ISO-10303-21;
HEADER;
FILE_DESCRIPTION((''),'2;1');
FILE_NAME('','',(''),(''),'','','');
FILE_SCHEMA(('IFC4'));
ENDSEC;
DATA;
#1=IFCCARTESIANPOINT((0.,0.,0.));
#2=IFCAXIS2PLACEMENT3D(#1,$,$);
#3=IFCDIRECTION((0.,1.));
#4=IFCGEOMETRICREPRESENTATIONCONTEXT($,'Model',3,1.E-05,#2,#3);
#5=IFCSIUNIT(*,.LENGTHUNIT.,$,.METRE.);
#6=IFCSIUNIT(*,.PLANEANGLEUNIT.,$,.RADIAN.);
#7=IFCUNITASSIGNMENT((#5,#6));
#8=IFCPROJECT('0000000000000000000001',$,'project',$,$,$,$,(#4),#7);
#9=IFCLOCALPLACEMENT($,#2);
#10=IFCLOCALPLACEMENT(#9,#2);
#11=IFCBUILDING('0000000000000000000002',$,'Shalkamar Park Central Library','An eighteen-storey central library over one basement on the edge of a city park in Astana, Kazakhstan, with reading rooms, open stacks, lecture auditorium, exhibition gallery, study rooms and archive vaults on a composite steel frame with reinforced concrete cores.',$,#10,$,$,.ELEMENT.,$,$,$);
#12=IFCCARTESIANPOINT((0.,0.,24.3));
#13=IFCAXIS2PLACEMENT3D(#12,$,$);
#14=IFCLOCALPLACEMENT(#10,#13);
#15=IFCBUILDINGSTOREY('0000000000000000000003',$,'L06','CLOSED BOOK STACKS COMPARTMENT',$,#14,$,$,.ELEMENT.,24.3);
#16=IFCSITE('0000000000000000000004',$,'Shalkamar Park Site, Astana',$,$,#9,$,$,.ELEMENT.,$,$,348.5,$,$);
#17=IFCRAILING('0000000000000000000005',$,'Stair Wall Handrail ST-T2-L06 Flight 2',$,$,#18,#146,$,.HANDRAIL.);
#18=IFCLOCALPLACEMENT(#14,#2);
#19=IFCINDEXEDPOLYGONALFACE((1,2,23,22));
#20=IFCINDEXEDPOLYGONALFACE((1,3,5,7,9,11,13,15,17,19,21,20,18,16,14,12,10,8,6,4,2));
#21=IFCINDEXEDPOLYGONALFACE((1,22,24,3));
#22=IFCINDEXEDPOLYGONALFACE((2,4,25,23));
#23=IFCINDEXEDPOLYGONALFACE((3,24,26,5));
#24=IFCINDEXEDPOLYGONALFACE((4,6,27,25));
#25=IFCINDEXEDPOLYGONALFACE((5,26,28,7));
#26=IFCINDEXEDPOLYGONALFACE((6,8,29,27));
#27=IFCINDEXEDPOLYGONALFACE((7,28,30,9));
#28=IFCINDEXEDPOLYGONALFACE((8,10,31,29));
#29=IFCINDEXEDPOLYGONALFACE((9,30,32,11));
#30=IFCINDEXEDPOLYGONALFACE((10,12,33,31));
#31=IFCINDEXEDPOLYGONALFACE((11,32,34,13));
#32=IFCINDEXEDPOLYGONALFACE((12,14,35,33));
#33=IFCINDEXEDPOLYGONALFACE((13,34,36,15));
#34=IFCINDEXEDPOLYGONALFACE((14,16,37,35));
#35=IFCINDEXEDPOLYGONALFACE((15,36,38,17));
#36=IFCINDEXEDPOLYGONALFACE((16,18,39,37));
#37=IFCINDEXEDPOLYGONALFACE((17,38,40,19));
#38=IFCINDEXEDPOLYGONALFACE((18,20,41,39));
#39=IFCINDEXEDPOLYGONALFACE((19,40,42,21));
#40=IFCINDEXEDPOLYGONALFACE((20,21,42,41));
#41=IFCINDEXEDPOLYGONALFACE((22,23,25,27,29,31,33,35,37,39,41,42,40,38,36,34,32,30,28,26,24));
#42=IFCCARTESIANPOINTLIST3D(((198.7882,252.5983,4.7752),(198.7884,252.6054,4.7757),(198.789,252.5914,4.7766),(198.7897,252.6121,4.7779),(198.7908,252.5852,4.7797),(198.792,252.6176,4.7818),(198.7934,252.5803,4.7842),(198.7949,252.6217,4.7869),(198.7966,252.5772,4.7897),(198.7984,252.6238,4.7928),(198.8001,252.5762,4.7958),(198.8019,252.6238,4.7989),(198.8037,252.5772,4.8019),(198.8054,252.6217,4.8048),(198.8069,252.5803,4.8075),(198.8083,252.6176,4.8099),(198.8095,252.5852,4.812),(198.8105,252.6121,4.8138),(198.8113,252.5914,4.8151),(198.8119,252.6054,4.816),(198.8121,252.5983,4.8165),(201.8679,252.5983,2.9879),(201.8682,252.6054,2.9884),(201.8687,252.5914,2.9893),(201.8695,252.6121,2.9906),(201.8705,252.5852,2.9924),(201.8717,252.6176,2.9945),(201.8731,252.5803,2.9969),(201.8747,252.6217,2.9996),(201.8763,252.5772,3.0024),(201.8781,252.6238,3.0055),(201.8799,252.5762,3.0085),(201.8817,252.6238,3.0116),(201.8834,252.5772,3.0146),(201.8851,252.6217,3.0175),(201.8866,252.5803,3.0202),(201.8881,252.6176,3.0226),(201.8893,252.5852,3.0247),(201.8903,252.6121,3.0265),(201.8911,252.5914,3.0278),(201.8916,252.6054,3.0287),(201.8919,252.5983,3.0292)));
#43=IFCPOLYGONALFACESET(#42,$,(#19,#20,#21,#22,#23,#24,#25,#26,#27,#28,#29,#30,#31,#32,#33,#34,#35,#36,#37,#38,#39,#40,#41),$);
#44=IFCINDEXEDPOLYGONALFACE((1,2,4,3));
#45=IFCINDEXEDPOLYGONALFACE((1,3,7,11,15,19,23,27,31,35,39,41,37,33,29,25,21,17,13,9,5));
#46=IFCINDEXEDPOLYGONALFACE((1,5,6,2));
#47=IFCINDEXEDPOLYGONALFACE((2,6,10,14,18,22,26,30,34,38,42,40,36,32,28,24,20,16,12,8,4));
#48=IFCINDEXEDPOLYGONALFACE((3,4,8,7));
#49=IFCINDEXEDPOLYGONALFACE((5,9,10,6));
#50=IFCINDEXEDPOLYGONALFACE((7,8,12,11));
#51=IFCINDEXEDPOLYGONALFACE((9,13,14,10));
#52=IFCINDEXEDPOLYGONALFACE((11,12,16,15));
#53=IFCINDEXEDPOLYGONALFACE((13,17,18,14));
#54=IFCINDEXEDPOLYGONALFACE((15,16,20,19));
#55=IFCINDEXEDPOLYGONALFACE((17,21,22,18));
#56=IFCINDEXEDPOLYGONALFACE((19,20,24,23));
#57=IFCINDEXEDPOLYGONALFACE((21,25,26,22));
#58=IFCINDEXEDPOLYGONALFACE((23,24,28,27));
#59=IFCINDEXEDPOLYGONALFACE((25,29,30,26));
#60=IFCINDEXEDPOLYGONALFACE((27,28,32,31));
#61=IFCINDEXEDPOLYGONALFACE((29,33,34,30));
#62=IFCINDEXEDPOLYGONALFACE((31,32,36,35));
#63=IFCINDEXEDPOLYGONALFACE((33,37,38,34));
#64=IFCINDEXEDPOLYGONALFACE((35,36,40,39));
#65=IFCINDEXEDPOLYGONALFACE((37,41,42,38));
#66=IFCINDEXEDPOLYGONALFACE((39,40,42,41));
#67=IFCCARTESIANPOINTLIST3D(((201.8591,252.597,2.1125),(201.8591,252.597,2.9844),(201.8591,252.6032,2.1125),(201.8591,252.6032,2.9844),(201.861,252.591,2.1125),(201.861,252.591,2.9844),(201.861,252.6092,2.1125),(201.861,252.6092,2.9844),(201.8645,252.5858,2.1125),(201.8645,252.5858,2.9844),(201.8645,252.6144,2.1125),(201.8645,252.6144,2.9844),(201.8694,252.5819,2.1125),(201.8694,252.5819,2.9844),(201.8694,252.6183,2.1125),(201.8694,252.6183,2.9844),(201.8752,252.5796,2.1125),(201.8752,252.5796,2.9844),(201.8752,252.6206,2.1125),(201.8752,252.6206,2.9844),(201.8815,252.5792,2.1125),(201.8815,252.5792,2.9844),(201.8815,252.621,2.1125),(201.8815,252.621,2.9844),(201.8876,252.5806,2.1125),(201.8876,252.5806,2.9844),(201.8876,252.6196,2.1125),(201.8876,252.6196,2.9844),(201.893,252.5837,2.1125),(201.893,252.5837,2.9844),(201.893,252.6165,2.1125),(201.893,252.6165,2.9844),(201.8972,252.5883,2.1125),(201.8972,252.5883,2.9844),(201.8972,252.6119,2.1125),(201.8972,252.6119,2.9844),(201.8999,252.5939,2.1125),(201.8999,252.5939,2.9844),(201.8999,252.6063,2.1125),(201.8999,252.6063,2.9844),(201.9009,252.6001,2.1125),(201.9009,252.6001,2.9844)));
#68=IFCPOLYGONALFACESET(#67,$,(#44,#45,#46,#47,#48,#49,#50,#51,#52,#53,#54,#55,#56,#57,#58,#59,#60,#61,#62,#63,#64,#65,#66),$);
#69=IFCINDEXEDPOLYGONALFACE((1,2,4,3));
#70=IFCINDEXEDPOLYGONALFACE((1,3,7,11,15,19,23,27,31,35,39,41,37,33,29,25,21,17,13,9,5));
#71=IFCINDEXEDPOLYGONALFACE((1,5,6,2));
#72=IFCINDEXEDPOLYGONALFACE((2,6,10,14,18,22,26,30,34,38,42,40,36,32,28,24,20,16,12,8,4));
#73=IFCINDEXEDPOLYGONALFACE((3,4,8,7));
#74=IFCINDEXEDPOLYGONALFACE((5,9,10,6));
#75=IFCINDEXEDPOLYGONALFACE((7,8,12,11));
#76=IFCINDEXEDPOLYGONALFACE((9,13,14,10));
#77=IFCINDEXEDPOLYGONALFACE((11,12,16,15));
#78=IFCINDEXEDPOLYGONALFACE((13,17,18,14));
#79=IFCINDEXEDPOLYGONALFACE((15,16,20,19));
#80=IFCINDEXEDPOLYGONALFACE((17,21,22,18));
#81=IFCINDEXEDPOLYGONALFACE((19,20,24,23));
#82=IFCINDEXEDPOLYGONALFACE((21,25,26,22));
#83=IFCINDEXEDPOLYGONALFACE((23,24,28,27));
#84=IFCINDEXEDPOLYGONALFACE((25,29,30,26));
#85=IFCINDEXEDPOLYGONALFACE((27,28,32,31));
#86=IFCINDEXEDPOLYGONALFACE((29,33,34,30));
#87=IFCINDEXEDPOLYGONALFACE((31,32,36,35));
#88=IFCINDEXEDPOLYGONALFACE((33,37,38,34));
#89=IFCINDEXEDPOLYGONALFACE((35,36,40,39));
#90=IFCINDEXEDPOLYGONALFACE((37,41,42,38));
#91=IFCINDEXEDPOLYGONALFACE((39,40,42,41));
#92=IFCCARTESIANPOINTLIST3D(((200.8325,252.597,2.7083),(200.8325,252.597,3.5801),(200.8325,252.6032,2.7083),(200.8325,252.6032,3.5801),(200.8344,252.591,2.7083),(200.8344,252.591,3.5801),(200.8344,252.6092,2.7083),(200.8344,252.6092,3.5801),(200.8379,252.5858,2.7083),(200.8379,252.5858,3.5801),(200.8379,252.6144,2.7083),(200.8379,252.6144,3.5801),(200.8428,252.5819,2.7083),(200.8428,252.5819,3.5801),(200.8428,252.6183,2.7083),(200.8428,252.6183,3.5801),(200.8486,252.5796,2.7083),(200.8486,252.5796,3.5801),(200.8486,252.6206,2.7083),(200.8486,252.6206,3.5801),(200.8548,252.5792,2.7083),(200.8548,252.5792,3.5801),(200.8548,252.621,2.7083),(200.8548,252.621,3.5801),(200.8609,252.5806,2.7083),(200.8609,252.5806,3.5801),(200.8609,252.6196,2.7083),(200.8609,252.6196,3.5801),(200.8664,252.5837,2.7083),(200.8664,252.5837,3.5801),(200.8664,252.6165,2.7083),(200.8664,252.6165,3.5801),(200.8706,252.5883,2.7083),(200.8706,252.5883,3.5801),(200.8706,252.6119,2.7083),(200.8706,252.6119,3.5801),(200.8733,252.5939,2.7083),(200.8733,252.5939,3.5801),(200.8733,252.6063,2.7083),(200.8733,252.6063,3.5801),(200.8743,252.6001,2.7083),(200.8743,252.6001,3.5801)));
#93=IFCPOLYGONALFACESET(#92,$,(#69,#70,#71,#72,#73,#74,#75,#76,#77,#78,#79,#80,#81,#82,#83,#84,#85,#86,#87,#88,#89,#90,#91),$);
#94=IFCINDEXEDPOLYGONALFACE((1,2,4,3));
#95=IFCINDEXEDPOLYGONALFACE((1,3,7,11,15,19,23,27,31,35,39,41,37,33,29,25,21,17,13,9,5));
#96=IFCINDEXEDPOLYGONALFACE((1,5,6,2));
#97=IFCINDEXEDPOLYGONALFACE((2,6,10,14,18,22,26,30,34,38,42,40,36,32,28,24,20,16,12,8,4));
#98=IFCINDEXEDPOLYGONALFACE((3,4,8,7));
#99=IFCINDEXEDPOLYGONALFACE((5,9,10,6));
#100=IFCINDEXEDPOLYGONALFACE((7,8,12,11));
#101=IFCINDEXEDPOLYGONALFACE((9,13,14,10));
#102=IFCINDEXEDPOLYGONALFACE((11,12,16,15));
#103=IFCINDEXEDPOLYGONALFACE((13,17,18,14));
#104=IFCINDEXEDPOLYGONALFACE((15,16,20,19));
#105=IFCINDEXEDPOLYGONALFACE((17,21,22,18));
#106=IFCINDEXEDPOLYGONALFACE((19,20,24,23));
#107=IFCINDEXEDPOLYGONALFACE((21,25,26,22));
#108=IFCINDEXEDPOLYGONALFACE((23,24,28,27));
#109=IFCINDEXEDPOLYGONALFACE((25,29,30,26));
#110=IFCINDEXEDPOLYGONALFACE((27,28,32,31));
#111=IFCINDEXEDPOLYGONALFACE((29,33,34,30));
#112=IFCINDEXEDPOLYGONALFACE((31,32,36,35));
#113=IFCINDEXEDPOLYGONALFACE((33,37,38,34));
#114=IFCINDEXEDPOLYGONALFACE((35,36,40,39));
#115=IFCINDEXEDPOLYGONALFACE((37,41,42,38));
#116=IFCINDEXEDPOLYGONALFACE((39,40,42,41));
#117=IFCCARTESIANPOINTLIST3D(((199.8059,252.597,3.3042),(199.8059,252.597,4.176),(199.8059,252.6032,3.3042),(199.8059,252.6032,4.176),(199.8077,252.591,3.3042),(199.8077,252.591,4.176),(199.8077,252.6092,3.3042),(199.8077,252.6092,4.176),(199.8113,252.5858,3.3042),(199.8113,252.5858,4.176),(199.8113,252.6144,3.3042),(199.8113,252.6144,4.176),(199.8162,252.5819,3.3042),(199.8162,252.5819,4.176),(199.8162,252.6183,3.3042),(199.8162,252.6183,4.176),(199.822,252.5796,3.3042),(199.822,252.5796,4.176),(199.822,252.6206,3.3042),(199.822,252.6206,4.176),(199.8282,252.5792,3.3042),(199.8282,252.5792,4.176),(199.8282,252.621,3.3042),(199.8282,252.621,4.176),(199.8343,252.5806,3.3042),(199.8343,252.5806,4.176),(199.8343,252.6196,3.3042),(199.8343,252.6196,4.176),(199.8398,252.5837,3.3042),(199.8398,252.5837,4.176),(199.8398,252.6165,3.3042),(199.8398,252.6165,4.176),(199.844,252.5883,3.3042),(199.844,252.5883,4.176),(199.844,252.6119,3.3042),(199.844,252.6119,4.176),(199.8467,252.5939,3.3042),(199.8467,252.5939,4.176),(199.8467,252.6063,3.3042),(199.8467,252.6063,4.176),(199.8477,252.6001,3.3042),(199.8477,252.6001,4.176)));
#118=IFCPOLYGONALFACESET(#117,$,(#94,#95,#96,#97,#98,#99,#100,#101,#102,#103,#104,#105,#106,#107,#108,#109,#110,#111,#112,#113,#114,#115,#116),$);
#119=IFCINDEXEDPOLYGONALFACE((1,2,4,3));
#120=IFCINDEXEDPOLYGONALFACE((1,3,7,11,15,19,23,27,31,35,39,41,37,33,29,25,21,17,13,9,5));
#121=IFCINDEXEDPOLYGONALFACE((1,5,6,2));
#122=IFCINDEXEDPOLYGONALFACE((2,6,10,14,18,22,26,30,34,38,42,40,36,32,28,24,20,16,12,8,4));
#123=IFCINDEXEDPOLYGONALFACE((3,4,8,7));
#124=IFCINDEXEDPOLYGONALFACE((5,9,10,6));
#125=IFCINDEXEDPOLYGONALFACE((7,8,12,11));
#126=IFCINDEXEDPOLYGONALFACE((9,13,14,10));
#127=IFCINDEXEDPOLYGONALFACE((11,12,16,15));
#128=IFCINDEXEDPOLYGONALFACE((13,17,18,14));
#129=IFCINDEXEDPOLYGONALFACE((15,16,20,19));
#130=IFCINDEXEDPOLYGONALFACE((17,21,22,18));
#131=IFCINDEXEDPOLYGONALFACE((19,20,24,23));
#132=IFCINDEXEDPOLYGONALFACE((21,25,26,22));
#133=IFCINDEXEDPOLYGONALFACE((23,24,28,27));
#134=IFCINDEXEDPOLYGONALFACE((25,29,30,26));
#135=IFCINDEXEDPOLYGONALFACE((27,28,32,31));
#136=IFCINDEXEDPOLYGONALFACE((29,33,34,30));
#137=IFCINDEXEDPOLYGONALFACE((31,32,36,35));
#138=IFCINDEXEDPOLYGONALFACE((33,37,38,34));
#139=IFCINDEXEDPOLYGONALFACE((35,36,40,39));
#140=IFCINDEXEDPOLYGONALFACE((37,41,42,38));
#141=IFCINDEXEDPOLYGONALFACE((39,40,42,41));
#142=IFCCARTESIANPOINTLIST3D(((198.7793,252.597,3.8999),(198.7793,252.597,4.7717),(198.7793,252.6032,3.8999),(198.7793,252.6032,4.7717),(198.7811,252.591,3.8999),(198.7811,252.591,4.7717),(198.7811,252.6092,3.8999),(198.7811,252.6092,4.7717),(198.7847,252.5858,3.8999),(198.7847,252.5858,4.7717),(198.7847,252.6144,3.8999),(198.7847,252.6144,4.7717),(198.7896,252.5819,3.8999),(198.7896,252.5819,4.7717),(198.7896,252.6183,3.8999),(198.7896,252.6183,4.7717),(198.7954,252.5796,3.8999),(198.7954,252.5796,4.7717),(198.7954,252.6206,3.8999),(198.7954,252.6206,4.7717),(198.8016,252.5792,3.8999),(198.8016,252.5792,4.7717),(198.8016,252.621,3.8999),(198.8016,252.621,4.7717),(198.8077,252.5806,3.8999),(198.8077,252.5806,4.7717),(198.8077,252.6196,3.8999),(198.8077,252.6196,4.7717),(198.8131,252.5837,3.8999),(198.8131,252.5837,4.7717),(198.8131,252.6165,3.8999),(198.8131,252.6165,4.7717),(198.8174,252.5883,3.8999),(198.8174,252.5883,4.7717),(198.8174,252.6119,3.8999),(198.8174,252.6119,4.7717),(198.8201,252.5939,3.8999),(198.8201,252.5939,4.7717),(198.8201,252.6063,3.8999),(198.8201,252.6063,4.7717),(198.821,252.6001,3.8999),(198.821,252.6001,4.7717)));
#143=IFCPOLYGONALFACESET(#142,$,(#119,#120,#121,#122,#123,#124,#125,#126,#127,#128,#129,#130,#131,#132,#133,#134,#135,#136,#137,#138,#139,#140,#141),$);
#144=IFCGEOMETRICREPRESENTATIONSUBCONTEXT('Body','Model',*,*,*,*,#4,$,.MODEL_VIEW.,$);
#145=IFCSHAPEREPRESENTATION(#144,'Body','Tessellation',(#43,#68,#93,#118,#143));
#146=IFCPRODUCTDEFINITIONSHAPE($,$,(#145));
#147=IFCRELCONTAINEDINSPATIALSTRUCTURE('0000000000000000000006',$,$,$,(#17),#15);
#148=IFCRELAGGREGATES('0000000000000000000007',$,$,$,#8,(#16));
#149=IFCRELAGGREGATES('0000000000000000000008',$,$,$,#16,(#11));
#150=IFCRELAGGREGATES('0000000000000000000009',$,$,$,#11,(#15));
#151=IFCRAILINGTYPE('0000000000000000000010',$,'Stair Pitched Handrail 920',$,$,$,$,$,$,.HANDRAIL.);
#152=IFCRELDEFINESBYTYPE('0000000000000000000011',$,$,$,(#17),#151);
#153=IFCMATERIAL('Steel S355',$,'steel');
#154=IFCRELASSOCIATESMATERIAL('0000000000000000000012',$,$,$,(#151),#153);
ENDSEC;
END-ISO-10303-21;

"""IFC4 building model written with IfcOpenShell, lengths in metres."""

from ifc_helpers import new_model, si_unit, direction, frame, origin, origin_2d, place, context, subcontext, project, spatial, circle, extrude, material, type_object, element, save


model = new_model("IFC4")

# Units and contexts
model_context = context("Model", 3, precision=1e-05, world=origin(), true_north=direction((0.0, 1.0)))
body_context = subcontext(model_context, "Body", "Model", "MODEL_VIEW")
ifc_project = project(units=[si_unit("LENGTHUNIT", "METRE"), si_unit("PLANEANGLEUNIT", "RADIAN")], contexts=[model_context])

# Site, building, storey
site_placement = place(None, origin())
site = spatial("IfcSite", under=ifc_project, at=site_placement, Name="Shalkamar Park Site, Astana", CompositionType="ELEMENT", RefElevation=348.5)
building_placement = place(site_placement, origin())
building = spatial("IfcBuilding", under=site, at=building_placement, Name="Shalkamar Park Central Library", Description="An eighteen-storey central library over one basement on the edge of a city park in Astana, Kazakhstan, with reading rooms, open stacks, lecture auditorium, exhibition gallery, study rooms and archive vaults on a composite steel frame with reinforced concrete cores.", CompositionType="ELEMENT")
storey_placement = place(building_placement, frame((0.0, 0.0, 24.3)))
storey = spatial("IfcBuildingStorey", under=building, at=storey_placement, Name="L06", Description="CLOSED BOOK STACKS COMPARTMENT", CompositionType="ELEMENT", Elevation=24.3)

# Shared definitions
ifc_material_1 = material(Name="Steel S355", Category="steel")

# Railing
railing_type_1 = type_object("IfcRailingType", Name="Stair Pitched Handrail 920", PredefinedType="HANDRAIL", material=ifc_material_1)
railing_1_placement = place(storey_placement, frame((201.8799, 252.6001, 2.1125)))
element("IfcRailing", 1, at=railing_1_placement, inside=storey, type_object=railing_type_1, Name="Stair Wall Handrail ST-T2-L06 Flight 2", PredefinedType="HANDRAIL", context=body_context, shape_type="SweptSolid", body=[
    extrude(circle(Radius=0.0239, at=origin_2d()), frame((0.0, 0.0, 0.896), z_axis=(-0.864903, 0.0, 0.501939), x_axis=(0.0, -1.0, 0.0)), (0.0, 0.0, 1.0), 3.5608),
    extrude(circle(Radius=0.021, at=origin_2d()), origin(), (0.0, 0.0, 1.0), 0.8718),
    extrude(circle(Radius=0.021, at=origin_2d()), frame((-1.0266, 0.0, 0.5957)), (0.0, 0.0, 1.0), 0.8718),
    extrude(circle(Radius=0.021, at=origin_2d()), frame((-2.0532, 0.0, 1.1917)), (0.0, 0.0, 1.0), 0.8718),
    extrude(circle(Radius=0.021, at=origin_2d()), frame((-3.0798, 0.0, 1.7874)), (0.0, 0.0, 1.0), 0.8718),
])

save(model, "model.ifc")
